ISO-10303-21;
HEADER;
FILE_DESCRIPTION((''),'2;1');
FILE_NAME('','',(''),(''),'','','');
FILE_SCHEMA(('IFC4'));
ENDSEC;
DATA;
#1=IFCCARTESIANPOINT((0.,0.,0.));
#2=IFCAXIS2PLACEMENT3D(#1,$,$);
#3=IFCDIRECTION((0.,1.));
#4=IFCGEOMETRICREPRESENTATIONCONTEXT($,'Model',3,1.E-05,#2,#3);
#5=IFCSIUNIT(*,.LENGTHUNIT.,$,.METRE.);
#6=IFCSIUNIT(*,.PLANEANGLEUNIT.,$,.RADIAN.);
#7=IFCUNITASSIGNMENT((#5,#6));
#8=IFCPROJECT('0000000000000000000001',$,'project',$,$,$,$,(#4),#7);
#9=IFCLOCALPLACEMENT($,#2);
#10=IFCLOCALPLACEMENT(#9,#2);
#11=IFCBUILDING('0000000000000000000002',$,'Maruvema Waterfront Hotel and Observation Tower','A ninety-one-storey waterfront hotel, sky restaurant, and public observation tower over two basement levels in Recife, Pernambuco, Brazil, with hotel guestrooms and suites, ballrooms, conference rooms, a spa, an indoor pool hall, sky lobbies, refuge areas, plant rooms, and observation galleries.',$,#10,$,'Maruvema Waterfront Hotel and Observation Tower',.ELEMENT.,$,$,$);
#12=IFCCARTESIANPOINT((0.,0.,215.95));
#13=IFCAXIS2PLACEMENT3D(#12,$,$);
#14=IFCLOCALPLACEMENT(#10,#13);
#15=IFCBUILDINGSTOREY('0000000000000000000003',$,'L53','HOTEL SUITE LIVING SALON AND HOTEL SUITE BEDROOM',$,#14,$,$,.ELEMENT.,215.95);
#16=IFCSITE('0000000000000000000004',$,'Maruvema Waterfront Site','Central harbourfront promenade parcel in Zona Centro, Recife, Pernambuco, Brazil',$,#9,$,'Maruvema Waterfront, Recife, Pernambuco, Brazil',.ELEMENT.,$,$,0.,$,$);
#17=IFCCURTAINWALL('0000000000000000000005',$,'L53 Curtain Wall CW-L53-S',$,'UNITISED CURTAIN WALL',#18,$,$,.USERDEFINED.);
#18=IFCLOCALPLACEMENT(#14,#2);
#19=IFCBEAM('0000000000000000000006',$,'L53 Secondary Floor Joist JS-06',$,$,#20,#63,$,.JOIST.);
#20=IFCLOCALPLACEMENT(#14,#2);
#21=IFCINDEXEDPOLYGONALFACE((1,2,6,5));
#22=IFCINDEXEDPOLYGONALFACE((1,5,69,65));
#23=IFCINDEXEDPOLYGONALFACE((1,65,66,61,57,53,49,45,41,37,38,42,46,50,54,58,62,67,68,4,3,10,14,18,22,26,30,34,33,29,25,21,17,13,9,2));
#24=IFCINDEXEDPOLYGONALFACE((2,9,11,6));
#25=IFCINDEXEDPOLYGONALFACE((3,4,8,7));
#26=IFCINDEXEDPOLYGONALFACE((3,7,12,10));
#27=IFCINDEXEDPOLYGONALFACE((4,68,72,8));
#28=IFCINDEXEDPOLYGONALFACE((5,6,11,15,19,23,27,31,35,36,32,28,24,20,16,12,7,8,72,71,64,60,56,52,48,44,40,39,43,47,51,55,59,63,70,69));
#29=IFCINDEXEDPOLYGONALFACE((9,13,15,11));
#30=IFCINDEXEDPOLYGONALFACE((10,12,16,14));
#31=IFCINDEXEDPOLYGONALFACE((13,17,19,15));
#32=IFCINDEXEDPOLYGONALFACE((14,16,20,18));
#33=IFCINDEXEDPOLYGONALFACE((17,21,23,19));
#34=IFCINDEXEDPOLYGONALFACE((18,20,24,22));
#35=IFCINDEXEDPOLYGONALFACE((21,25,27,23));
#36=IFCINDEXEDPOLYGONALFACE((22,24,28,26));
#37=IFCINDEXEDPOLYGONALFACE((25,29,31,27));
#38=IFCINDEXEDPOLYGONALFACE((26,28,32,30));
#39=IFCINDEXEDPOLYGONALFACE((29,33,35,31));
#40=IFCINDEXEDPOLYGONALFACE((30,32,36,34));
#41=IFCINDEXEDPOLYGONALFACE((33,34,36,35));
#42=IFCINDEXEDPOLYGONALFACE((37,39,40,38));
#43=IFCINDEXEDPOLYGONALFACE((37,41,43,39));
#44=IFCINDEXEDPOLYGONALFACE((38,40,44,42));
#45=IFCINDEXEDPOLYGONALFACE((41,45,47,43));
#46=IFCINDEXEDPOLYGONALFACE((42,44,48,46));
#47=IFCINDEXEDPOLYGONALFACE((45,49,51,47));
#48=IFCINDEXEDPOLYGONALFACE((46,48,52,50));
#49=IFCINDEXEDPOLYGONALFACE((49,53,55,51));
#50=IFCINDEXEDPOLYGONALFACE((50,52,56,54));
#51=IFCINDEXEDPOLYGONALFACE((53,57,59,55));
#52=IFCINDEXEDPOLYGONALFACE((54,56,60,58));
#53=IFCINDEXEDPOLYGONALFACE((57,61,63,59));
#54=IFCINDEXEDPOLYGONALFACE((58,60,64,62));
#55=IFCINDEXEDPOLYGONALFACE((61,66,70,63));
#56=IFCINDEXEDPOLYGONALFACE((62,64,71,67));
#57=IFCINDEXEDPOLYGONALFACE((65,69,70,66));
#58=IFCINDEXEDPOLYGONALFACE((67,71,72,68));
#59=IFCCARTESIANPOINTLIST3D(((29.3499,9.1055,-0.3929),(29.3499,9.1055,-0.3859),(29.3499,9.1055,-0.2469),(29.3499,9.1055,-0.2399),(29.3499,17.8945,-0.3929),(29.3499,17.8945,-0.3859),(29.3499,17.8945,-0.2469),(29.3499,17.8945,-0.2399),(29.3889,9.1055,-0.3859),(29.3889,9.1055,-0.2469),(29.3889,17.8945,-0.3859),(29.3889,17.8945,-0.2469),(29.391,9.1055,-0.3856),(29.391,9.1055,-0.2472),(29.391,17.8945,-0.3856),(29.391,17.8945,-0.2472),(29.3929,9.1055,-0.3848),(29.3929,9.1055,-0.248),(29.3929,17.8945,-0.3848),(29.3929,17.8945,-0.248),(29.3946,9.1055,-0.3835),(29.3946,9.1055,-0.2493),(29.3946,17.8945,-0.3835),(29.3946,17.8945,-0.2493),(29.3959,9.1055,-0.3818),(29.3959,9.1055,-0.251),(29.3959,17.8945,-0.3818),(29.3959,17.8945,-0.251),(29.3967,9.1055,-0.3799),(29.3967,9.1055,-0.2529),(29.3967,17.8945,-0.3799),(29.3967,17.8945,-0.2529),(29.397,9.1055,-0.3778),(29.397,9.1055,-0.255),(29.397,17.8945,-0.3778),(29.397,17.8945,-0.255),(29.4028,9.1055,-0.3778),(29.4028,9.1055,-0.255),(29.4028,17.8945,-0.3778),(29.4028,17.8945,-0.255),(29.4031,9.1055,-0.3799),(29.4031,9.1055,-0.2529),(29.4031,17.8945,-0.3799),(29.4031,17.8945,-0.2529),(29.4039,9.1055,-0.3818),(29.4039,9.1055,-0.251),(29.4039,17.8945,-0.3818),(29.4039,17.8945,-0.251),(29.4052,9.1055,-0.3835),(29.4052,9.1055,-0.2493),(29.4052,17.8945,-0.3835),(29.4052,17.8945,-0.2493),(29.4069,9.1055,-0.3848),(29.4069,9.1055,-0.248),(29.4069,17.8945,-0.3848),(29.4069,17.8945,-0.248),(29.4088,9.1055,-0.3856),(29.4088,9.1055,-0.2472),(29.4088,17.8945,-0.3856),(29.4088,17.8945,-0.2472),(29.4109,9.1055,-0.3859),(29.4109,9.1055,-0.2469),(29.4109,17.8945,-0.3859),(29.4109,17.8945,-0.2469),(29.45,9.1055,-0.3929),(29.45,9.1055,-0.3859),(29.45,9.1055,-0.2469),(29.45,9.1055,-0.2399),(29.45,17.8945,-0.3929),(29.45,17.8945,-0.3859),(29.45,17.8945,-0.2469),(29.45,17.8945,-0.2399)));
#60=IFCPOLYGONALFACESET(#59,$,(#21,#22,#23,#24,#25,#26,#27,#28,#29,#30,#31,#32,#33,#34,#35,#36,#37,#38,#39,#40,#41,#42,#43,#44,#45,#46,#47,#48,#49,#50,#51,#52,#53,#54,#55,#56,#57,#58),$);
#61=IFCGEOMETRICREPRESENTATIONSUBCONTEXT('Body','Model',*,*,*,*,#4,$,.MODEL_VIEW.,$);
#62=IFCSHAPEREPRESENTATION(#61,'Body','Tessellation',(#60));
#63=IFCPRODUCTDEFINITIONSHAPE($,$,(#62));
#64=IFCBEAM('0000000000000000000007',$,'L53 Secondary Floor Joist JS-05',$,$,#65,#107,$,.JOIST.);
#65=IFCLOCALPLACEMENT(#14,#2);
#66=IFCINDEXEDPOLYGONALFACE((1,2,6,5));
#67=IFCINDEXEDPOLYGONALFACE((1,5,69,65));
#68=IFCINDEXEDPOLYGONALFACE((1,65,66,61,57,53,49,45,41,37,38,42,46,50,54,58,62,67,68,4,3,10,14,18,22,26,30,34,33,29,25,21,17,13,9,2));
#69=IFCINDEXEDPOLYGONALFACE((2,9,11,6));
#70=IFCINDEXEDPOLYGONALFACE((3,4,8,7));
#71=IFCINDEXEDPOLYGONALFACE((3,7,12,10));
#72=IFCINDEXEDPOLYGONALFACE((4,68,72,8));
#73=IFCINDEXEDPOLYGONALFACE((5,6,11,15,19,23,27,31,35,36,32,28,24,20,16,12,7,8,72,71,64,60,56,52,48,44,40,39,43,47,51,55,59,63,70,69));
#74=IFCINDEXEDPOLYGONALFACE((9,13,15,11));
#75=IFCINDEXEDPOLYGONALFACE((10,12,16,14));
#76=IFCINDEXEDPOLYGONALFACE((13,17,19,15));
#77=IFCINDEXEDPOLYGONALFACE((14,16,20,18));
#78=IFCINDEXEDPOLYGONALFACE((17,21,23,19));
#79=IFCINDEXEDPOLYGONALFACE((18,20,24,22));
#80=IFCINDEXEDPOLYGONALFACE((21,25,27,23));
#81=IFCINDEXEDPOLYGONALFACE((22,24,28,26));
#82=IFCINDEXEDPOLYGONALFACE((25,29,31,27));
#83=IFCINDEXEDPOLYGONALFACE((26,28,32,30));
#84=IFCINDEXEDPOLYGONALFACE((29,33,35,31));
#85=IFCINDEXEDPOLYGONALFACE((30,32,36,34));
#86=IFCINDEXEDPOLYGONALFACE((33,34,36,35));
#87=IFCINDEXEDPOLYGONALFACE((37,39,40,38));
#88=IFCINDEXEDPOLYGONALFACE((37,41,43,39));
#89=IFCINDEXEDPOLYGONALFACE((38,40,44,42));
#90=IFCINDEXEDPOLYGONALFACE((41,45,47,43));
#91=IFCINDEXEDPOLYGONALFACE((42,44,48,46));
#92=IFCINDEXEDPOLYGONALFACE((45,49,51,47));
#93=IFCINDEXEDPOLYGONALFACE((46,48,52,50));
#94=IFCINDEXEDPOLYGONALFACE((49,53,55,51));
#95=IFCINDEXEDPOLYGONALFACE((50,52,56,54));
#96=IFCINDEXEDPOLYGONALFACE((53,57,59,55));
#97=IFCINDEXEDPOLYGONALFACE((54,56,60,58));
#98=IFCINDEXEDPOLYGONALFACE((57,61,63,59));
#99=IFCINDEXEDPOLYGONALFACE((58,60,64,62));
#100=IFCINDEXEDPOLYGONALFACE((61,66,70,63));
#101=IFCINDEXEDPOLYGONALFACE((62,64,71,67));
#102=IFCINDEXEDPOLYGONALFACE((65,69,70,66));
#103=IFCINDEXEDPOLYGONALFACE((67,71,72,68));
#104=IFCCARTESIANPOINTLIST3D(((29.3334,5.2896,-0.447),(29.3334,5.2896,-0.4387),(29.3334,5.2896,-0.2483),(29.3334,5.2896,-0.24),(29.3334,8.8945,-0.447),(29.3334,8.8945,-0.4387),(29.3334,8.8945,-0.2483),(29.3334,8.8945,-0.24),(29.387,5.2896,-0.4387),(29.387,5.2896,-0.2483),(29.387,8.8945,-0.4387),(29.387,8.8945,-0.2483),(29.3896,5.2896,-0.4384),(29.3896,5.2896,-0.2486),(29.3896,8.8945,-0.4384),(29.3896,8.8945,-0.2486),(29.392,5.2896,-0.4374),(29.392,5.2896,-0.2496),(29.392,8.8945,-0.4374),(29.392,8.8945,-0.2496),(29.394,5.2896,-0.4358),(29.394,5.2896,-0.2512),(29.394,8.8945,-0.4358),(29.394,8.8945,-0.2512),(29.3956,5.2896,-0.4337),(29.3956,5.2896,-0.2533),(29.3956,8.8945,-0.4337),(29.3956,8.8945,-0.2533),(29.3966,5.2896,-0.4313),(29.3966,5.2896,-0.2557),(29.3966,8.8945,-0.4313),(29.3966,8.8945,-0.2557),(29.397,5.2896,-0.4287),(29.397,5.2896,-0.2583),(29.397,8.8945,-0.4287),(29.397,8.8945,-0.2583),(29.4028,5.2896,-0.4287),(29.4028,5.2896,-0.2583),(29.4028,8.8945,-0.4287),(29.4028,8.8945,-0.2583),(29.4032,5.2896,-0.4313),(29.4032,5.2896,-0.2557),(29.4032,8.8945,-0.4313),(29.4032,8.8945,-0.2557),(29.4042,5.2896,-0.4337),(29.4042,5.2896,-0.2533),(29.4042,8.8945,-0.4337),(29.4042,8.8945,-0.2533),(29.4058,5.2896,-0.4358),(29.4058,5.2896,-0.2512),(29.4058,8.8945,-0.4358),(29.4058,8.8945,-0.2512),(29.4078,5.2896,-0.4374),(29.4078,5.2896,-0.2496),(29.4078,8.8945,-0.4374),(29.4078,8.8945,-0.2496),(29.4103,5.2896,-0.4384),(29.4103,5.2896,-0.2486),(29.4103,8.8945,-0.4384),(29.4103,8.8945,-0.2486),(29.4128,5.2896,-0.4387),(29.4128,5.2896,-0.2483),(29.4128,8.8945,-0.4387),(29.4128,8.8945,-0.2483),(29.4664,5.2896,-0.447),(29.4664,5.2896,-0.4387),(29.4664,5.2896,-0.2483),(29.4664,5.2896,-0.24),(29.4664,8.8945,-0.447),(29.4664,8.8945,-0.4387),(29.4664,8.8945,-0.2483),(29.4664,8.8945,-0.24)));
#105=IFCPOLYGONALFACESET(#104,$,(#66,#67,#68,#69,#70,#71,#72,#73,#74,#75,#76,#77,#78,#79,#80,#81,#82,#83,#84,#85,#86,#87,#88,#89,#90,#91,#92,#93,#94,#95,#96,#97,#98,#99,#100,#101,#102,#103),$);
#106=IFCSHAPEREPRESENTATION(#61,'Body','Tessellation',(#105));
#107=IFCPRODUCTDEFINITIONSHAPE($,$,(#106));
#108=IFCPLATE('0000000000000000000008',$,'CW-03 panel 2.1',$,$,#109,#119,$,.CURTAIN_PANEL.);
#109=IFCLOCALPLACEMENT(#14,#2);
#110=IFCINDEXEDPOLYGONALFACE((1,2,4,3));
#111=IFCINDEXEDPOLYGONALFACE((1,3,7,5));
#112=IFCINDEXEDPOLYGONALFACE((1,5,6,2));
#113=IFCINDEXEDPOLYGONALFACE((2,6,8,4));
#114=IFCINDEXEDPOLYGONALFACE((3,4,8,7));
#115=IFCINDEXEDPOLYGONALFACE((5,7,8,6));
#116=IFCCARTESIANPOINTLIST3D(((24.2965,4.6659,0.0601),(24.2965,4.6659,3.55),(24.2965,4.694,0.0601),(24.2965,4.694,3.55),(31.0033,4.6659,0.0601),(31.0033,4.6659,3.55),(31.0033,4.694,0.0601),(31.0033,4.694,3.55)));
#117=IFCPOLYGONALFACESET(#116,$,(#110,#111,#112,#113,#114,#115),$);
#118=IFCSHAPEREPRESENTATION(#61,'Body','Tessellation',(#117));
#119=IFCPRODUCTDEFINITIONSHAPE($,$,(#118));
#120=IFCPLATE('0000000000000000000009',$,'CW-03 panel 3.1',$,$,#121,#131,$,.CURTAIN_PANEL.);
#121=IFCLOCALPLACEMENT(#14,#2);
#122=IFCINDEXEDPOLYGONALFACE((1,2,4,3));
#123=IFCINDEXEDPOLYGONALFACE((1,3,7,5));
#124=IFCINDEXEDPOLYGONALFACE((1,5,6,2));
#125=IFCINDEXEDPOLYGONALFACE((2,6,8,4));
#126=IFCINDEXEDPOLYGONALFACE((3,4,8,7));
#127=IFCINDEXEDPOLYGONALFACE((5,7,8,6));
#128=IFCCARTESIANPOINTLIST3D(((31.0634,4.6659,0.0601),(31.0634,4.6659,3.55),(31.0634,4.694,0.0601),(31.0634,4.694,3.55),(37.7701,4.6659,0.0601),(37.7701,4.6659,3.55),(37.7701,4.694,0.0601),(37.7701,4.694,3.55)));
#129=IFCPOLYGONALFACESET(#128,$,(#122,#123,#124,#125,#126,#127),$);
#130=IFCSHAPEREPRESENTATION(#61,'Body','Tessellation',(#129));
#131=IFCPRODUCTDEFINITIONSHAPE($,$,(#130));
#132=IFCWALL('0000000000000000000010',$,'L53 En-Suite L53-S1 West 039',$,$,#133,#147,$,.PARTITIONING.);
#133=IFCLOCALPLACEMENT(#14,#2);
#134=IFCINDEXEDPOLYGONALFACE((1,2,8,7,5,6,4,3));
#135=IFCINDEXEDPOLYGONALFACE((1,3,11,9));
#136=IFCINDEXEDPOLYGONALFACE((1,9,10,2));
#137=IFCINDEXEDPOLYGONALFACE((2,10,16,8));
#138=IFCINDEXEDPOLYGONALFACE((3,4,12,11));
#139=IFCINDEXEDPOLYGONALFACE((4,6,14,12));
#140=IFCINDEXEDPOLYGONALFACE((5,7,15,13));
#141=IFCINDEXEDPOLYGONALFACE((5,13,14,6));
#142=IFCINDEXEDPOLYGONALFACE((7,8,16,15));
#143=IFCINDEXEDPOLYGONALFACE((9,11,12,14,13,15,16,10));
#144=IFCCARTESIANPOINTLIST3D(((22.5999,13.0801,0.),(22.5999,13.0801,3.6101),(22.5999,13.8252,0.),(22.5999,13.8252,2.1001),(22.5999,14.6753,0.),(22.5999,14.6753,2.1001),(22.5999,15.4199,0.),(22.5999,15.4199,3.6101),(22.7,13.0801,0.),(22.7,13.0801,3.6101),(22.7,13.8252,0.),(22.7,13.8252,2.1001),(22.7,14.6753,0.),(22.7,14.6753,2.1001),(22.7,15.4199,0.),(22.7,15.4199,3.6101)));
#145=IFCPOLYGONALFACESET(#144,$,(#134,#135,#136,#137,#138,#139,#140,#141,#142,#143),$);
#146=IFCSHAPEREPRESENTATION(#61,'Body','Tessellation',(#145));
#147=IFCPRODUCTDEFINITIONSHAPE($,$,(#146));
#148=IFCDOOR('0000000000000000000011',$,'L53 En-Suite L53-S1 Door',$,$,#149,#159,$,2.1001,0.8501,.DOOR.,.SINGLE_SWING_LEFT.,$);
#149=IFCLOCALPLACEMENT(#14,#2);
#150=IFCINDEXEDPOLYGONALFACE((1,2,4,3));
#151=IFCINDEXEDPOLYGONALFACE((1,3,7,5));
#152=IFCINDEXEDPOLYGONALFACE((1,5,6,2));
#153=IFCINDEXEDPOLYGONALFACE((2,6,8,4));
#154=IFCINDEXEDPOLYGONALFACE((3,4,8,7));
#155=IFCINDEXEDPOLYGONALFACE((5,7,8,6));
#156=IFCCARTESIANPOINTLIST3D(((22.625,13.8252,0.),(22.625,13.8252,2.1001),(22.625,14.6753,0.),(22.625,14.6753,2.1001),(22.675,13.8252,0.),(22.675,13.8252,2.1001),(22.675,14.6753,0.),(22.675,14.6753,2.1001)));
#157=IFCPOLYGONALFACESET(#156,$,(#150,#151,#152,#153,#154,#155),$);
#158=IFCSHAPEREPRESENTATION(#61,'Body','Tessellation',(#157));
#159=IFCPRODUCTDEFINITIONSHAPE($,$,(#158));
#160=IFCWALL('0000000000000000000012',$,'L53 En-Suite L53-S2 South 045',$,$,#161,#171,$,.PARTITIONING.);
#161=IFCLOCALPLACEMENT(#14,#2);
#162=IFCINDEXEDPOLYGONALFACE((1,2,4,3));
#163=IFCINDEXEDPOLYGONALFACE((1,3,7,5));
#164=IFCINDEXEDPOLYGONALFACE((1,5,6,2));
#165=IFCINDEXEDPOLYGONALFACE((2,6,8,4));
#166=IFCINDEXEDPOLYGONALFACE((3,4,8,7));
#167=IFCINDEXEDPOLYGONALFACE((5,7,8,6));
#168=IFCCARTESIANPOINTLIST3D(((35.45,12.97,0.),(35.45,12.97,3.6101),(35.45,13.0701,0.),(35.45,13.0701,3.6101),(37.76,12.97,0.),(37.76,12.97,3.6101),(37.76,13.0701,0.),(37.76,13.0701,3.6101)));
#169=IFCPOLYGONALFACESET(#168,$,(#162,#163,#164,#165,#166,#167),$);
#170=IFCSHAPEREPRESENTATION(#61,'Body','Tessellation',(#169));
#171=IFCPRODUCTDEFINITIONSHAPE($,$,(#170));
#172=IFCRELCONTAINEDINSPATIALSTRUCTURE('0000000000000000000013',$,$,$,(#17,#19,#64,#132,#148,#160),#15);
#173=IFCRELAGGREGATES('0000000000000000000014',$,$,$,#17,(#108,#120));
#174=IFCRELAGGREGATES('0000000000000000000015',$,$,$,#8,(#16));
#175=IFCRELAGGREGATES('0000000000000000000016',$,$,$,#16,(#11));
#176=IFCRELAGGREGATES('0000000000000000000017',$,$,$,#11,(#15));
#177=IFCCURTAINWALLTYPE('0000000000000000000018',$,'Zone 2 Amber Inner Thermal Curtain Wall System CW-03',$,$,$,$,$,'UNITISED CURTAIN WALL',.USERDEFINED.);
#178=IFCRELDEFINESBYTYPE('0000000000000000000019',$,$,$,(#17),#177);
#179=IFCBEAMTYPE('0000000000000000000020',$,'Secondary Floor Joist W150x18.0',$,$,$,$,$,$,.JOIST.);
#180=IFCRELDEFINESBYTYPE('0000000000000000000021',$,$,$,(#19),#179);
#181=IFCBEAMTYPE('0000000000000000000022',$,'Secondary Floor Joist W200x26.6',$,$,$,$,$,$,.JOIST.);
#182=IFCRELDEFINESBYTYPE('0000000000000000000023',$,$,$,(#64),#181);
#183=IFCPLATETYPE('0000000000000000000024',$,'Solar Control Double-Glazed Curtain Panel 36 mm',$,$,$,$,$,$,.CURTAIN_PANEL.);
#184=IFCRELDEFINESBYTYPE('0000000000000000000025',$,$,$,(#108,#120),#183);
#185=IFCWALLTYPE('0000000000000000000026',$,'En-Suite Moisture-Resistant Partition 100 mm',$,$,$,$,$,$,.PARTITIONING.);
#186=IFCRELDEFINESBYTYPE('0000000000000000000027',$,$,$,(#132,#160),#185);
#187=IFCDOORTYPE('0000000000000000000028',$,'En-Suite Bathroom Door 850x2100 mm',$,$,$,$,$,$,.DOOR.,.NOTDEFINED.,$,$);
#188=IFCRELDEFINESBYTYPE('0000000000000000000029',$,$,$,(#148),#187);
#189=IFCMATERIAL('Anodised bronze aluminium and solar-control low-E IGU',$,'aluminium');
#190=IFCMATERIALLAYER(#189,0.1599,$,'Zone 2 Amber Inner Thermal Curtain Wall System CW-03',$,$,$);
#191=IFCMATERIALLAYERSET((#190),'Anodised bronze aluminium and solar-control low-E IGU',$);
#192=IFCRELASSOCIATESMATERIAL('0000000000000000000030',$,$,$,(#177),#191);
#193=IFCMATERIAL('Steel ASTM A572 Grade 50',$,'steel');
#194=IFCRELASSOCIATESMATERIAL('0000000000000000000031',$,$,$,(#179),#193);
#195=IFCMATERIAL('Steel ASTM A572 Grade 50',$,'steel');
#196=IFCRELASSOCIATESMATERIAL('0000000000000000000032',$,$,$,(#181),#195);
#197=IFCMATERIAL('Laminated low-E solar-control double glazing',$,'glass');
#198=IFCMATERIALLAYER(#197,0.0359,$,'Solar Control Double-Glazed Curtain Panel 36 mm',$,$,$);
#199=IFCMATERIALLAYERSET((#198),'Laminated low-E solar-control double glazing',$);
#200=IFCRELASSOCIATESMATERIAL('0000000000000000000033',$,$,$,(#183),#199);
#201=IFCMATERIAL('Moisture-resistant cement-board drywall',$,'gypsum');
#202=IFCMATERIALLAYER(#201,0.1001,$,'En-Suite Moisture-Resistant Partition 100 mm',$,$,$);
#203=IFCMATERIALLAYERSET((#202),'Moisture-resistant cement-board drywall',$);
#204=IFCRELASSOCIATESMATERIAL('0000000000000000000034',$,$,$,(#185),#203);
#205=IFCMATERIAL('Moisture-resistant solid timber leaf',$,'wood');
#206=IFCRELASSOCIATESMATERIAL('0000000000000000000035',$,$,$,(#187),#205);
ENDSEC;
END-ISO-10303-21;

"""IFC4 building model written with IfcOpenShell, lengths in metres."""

from ifc_helpers import new_model, si_unit, direction, frame, frame_2d, origin, origin_2d, place, context, subcontext, project, spatial, rectangle, i_section, extrude, material, layer, layer_set, material_profile, profile_set, type_object, element, fill, aggregate, save


model = new_model("IFC4")

# Units and contexts
model_context = context("Model", 3, precision=1e-05, world=origin(), true_north=direction((0.0, 1.0)))
body_context = subcontext(model_context, "Body", "Model", "MODEL_VIEW")
ifc_project = project(units=[si_unit("LENGTHUNIT", "METRE"), si_unit("PLANEANGLEUNIT", "RADIAN")], contexts=[model_context])

# Site, building, storey
site_placement = place(None, origin())
site = spatial("IfcSite", under=ifc_project, at=site_placement, Name="Maruvema Waterfront Site", Description="Central harbourfront promenade parcel in Zona Centro, Recife, Pernambuco, Brazil", LongName="Maruvema Waterfront, Recife, Pernambuco, Brazil", CompositionType="ELEMENT", RefElevation=0.0)
building_placement = place(site_placement, origin())
building = spatial("IfcBuilding", under=site, at=building_placement, Name="Maruvema Waterfront Hotel and Observation Tower", Description="A ninety-one-storey waterfront hotel, sky restaurant, and public observation tower over two basement levels in Recife, Pernambuco, Brazil, with hotel guestrooms and suites, ballrooms, conference rooms, a spa, an indoor pool hall, sky lobbies, refuge areas, plant rooms, and observation galleries.", LongName="Maruvema Waterfront Hotel and Observation Tower", CompositionType="ELEMENT")
storey_placement = place(building_placement, frame((0.0, 0.0, 215.95)))
storey = spatial("IfcBuildingStorey", under=building, at=storey_placement, Name="L53", Description="HOTEL SUITE LIVING SALON AND HOTEL SUITE BEDROOM", CompositionType="ELEMENT", Elevation=215.95)

# Curtain wall
ifc_material_1 = material(Name="Anodised bronze aluminium and solar-control low-E IGU", Category="aluminium")
ifc_layer_1 = layer(ifc_material_1, 0.1599, Name="Zone 2 Amber Inner Thermal Curtain Wall System CW-03")
ifc_layer_set_1 = layer_set([ifc_layer_1], Name="Anodised bronze aluminium and solar-control low-E IGU")
curtain_wall_type = type_object("IfcCurtainWallType", Name="Zone 2 Amber Inner Thermal Curtain Wall System CW-03", ElementType="UNITISED CURTAIN WALL", PredefinedType="USERDEFINED", material=ifc_layer_set_1)
curtain_wall_placement = place(storey_placement, origin())
curtain_wall = element("IfcCurtainWall", 1, at=curtain_wall_placement, inside=storey, type_object=curtain_wall_type, Name="L53 Curtain Wall CW-L53-S", ObjectType="UNITISED CURTAIN WALL", PredefinedType="USERDEFINED")

# Beams
ifc_material_2 = material(Name="Steel ASTM A572 Grade 50", Category="steel")
ifc_material_profile_1 = material_profile(ifc_material_2, i_section(OverallWidth=0.1001, OverallDepth=0.1531, WebThickness=0.0059, FlangeThickness=0.0071, FilletRadius=0.0081, at=origin_2d()), Name="W150x18.0")
ifc_profile_set_1 = profile_set([ifc_material_profile_1], Name="Steel ASTM A572 Grade 50")
beam_type_1 = type_object("IfcBeamType", Name="Secondary Floor Joist W150x18.0", PredefinedType="JOIST", material=ifc_profile_set_1)
beam_1_placement = place(storey_placement, frame((29.3999, 9.1055, -0.3164), z_axis=(0.0, 1.0, 0.0), x_axis=(-1.0, 0.0, 0.0)))
element("IfcBeam", 2, at=beam_1_placement, inside=storey, type_object=beam_type_1, Name="L53 Secondary Floor Joist JS-06", PredefinedType="JOIST", context=body_context, shape_type="SweptSolid", body=[
    extrude(i_section(OverallWidth=0.1001, OverallDepth=0.1531, WebThickness=0.0059, FlangeThickness=0.0071, FilletRadius=0.0081, at=origin_2d()), origin(), (0.0, 0.0, 1.0), 8.7891),
])
ifc_material_3 = material(Name="Steel ASTM A572 Grade 50", Category="steel")
ifc_material_profile_2 = material_profile(ifc_material_3, i_section(OverallWidth=0.1331, OverallDepth=0.207, WebThickness=0.0059, FlangeThickness=0.0083, FilletRadius=0.01, at=origin_2d()), Name="W200x26.6")
ifc_profile_set_2 = profile_set([ifc_material_profile_2], Name="Steel ASTM A572 Grade 50")
beam_type_2 = type_object("IfcBeamType", Name="Secondary Floor Joist W200x26.6", PredefinedType="JOIST", material=ifc_profile_set_2)
beam_2_placement = place(storey_placement, frame((29.3999, 5.2896, -0.3435), z_axis=(0.0, 1.0, 0.0), x_axis=(-1.0, 0.0, 0.0)))
element("IfcBeam", 3, at=beam_2_placement, inside=storey, type_object=beam_type_2, Name="L53 Secondary Floor Joist JS-05", PredefinedType="JOIST", context=body_context, shape_type="SweptSolid", body=[
    extrude(i_section(OverallWidth=0.1331, OverallDepth=0.207, WebThickness=0.0059, FlangeThickness=0.0083, FilletRadius=0.01, at=origin_2d()), origin(), (0.0, 0.0, 1.0), 3.605),
])

# Plates
ifc_material_4 = material(Name="Laminated low-E solar-control double glazing", Category="glass")
ifc_layer_2 = layer(ifc_material_4, 0.0359, Name="Solar Control Double-Glazed Curtain Panel 36 mm")
ifc_layer_set_2 = layer_set([ifc_layer_2], Name="Laminated low-E solar-control double glazing")
plate_type = type_object("IfcPlateType", Name="Solar Control Double-Glazed Curtain Panel 36 mm", PredefinedType="CURTAIN_PANEL", material=ifc_layer_set_2)
plate_1_placement = place(storey_placement, frame((27.6499, 4.6799, 0.0601), z_axis=(0.0, 0.0, 1.0), x_axis=(1.0, 0.0, 0.0)))
plate_1 = element("IfcPlate", 4, at=plate_1_placement, type_object=plate_type, Name="CW-03 panel 2.1", PredefinedType="CURTAIN_PANEL", context=body_context, shape_type="SweptSolid", body=[
    extrude(rectangle(XDim=6.7068, YDim=0.0281, at=origin_2d()), origin(), (0.0, 0.0, 1.0), 3.49),
])
plate_2_placement = place(storey_placement, frame((34.4167, 4.6799, 0.0601), z_axis=(0.0, 0.0, 1.0), x_axis=(1.0, 0.0, 0.0)))
plate_2 = element("IfcPlate", 5, at=plate_2_placement, type_object=plate_type, Name="CW-03 panel 3.1", PredefinedType="CURTAIN_PANEL", context=body_context, shape_type="SweptSolid", body=[
    extrude(rectangle(XDim=6.7068, YDim=0.0281, at=origin_2d()), origin(), (0.0, 0.0, 1.0), 3.49),
])
aggregate(curtain_wall, [plate_1, plate_2])

# Wall, opening, door
ifc_material_5 = material(Name="Moisture-resistant cement-board drywall", Category="gypsum")
ifc_layer_3 = layer(ifc_material_5, 0.1001, Name="En-Suite Moisture-Resistant Partition 100 mm")
ifc_layer_set_3 = layer_set([ifc_layer_3], Name="Moisture-resistant cement-board drywall")
wall_type_1 = type_object("IfcWallType", Name="En-Suite Moisture-Resistant Partition 100 mm", PredefinedType="PARTITIONING", material=ifc_layer_set_3)
wall_1_placement = place(storey_placement, frame((22.6499, 13.0801, 0.0), z_axis=(0.0, 0.0, 1.0), x_axis=(0.0, 1.0, 0.0)))
wall_1 = element("IfcWall", 6, at=wall_1_placement, inside=storey, type_object=wall_type_1, Name="L53 En-Suite L53-S1 West 039", PredefinedType="PARTITIONING", context=body_context, shape_type="SweptSolid", body=[
    extrude(rectangle(XDim=2.3398, YDim=0.1001, at=frame_2d((1.1699, 0.0))), origin(), (0.0, 0.0, 1.0), 3.6101),
])
opening_1_placement = place(wall_1_placement, frame((0.7451, 0.0, 0.0)))
opening_1 = element("IfcOpeningElement", 7, at=opening_1_placement, cuts=wall_1, PredefinedType="OPENING", context=body_context, shape_type="SweptSolid", body=[
    extrude(rectangle(XDim=0.8501, YDim=2.1001, at=frame_2d((0.425, 1.05))), frame((0.0, 0.0601, 0.0), z_axis=(0.0, -1.0, 0.0), x_axis=(1.0, 0.0, 0.0)), (0.0, 0.0, 1.0), 0.1201),
])
ifc_material_6 = material(Name="Moisture-resistant solid timber leaf", Category="wood")
door_type_1 = type_object("IfcDoorType", Name="En-Suite Bathroom Door 850x2100 mm", OperationType="NOTDEFINED", PredefinedType="DOOR", material=ifc_material_6)
door_1_placement = place(opening_1_placement, origin())
door_1 = element("IfcDoor", 8, at=door_1_placement, inside=storey, type_object=door_type_1, Name="L53 En-Suite L53-S1 Door", OperationType="SINGLE_SWING_LEFT", OverallHeight=2.1001, OverallWidth=0.8501, PredefinedType="DOOR", context=body_context, shape_type="SweptSolid", body=[
    extrude(rectangle(XDim=0.8501, YDim=2.1001, at=frame_2d((0.425, 1.05))), frame((0.0, 0.0249, 0.0), z_axis=(0.0, -1.0, 0.0), x_axis=(1.0, 0.0, 0.0)), (0.0, 0.0, 1.0), 0.05),
])
fill(opening_1, door_1)

# Wall
wall_2_placement = place(storey_placement, frame((35.45, 13.02, 0.0), z_axis=(0.0, 0.0, 1.0), x_axis=(1.0, 0.0, 0.0)))
element("IfcWall", 9, at=wall_2_placement, inside=storey, type_object=wall_type_1, Name="L53 En-Suite L53-S2 South 045", PredefinedType="PARTITIONING", context=body_context, shape_type="SweptSolid", body=[
    extrude(rectangle(XDim=2.3101, YDim=0.1001, at=frame_2d((1.155, 0.0))), origin(), (0.0, 0.0, 1.0), 3.6101),
])

save(model, "model.ifc")
